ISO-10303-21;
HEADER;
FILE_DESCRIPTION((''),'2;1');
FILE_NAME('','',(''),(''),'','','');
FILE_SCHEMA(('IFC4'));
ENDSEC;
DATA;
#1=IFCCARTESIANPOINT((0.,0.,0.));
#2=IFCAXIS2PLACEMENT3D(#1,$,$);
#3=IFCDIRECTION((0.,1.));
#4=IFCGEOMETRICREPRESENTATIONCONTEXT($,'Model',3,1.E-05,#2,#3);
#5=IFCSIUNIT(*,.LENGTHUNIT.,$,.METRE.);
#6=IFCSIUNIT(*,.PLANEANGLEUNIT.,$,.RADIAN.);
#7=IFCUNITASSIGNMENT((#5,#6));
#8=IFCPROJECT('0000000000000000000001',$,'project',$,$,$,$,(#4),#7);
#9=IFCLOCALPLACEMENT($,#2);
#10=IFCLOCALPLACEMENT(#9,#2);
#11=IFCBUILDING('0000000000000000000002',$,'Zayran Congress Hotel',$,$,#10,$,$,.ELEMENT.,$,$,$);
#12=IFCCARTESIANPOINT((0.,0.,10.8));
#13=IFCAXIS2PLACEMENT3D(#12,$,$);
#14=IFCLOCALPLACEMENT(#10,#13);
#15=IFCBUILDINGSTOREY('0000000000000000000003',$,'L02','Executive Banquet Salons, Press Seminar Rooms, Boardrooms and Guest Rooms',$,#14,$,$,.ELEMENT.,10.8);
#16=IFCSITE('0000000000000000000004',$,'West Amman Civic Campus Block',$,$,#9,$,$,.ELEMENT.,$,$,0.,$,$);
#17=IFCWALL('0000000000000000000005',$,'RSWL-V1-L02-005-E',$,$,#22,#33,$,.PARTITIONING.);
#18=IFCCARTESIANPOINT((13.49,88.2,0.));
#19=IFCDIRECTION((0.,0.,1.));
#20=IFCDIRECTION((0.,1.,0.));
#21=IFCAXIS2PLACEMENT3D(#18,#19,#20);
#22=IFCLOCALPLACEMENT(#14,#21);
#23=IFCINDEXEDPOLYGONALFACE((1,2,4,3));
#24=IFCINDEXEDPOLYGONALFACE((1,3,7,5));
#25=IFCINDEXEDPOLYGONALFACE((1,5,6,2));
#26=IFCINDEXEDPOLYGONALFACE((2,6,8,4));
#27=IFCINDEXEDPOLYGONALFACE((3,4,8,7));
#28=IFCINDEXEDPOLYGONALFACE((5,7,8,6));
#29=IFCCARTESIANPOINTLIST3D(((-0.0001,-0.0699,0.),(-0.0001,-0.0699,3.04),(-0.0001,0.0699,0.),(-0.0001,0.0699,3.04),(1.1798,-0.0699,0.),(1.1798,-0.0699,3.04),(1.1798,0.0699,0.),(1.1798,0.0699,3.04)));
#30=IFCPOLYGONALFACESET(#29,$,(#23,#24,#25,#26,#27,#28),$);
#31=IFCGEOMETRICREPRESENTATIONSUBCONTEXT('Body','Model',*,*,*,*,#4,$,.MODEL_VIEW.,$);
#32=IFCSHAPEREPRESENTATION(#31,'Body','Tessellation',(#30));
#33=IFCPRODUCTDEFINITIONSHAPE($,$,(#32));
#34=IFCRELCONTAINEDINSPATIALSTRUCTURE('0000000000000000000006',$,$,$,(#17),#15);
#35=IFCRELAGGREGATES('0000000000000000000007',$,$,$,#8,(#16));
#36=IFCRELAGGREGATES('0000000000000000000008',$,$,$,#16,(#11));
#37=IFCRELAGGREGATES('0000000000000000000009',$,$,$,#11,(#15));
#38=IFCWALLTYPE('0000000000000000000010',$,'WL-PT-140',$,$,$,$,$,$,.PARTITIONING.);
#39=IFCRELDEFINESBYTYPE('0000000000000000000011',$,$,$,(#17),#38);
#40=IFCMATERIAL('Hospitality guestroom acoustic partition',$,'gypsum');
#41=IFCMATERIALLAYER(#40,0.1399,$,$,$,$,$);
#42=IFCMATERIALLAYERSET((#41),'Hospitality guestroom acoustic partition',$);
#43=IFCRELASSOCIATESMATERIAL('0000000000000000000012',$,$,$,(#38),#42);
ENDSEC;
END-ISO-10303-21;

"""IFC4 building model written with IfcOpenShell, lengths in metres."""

from ifc_helpers import new_model, si_unit, direction, frame, frame_2d, origin, place, context, subcontext, project, spatial, rectangle, extrude, material, layer, layer_set, type_object, element, save


model = new_model("IFC4")

# Units and contexts
model_context = context("Model", 3, precision=1e-05, world=origin(), true_north=direction((0.0, 1.0)))
body_context = subcontext(model_context, "Body", "Model", "MODEL_VIEW")
ifc_project = project(units=[si_unit("LENGTHUNIT", "METRE"), si_unit("PLANEANGLEUNIT", "RADIAN")], contexts=[model_context])

# Site, building, storey
site_placement = place(None, origin())
site = spatial("IfcSite", under=ifc_project, at=site_placement, Name="West Amman Civic Campus Block", CompositionType="ELEMENT", RefElevation=0.0)
building_placement = place(site_placement, origin())
building = spatial("IfcBuilding", under=site, at=building_placement, Name="Zayran Congress Hotel", CompositionType="ELEMENT")
storey_placement = place(building_placement, frame((0.0, 0.0, 10.8)))
storey = spatial("IfcBuildingStorey", under=building, at=storey_placement, Name="L02", Description="Executive Banquet Salons, Press Seminar Rooms, Boardrooms and Guest Rooms", CompositionType="ELEMENT", Elevation=10.8)

# Wall
ifc_material_1 = material(Name="Hospitality guestroom acoustic partition", Category="gypsum")
ifc_layer_1 = layer(ifc_material_1, 0.1399)
ifc_layer_set_1 = layer_set([ifc_layer_1], Name="Hospitality guestroom acoustic partition")
wall_type_1 = type_object("IfcWallType", Name="WL-PT-140", PredefinedType="PARTITIONING", material=ifc_layer_set_1)
for number, where, z_axis, x_axis, name in (
    (1, (13.49, 88.2, 0.0), (0.0, 0.0, 1.0), (0.0, 1.0, 0.0), "RSWL-V1-L02-005-E"),
):
    element("IfcWall", number, at=place(storey_placement, frame(where, z_axis=z_axis, x_axis=x_axis)), inside=storey, type_object=wall_type_1, Name=name, PredefinedType="PARTITIONING", context=body_context, shape_type="SweptSolid", body=[
        extrude(rectangle(XDim=1.1799, YDim=0.1399, at=frame_2d((0.5898, 0.0))), origin(), (0.0, 0.0, 1.0), 3.04),
    ])

save(model, "model.ifc")
